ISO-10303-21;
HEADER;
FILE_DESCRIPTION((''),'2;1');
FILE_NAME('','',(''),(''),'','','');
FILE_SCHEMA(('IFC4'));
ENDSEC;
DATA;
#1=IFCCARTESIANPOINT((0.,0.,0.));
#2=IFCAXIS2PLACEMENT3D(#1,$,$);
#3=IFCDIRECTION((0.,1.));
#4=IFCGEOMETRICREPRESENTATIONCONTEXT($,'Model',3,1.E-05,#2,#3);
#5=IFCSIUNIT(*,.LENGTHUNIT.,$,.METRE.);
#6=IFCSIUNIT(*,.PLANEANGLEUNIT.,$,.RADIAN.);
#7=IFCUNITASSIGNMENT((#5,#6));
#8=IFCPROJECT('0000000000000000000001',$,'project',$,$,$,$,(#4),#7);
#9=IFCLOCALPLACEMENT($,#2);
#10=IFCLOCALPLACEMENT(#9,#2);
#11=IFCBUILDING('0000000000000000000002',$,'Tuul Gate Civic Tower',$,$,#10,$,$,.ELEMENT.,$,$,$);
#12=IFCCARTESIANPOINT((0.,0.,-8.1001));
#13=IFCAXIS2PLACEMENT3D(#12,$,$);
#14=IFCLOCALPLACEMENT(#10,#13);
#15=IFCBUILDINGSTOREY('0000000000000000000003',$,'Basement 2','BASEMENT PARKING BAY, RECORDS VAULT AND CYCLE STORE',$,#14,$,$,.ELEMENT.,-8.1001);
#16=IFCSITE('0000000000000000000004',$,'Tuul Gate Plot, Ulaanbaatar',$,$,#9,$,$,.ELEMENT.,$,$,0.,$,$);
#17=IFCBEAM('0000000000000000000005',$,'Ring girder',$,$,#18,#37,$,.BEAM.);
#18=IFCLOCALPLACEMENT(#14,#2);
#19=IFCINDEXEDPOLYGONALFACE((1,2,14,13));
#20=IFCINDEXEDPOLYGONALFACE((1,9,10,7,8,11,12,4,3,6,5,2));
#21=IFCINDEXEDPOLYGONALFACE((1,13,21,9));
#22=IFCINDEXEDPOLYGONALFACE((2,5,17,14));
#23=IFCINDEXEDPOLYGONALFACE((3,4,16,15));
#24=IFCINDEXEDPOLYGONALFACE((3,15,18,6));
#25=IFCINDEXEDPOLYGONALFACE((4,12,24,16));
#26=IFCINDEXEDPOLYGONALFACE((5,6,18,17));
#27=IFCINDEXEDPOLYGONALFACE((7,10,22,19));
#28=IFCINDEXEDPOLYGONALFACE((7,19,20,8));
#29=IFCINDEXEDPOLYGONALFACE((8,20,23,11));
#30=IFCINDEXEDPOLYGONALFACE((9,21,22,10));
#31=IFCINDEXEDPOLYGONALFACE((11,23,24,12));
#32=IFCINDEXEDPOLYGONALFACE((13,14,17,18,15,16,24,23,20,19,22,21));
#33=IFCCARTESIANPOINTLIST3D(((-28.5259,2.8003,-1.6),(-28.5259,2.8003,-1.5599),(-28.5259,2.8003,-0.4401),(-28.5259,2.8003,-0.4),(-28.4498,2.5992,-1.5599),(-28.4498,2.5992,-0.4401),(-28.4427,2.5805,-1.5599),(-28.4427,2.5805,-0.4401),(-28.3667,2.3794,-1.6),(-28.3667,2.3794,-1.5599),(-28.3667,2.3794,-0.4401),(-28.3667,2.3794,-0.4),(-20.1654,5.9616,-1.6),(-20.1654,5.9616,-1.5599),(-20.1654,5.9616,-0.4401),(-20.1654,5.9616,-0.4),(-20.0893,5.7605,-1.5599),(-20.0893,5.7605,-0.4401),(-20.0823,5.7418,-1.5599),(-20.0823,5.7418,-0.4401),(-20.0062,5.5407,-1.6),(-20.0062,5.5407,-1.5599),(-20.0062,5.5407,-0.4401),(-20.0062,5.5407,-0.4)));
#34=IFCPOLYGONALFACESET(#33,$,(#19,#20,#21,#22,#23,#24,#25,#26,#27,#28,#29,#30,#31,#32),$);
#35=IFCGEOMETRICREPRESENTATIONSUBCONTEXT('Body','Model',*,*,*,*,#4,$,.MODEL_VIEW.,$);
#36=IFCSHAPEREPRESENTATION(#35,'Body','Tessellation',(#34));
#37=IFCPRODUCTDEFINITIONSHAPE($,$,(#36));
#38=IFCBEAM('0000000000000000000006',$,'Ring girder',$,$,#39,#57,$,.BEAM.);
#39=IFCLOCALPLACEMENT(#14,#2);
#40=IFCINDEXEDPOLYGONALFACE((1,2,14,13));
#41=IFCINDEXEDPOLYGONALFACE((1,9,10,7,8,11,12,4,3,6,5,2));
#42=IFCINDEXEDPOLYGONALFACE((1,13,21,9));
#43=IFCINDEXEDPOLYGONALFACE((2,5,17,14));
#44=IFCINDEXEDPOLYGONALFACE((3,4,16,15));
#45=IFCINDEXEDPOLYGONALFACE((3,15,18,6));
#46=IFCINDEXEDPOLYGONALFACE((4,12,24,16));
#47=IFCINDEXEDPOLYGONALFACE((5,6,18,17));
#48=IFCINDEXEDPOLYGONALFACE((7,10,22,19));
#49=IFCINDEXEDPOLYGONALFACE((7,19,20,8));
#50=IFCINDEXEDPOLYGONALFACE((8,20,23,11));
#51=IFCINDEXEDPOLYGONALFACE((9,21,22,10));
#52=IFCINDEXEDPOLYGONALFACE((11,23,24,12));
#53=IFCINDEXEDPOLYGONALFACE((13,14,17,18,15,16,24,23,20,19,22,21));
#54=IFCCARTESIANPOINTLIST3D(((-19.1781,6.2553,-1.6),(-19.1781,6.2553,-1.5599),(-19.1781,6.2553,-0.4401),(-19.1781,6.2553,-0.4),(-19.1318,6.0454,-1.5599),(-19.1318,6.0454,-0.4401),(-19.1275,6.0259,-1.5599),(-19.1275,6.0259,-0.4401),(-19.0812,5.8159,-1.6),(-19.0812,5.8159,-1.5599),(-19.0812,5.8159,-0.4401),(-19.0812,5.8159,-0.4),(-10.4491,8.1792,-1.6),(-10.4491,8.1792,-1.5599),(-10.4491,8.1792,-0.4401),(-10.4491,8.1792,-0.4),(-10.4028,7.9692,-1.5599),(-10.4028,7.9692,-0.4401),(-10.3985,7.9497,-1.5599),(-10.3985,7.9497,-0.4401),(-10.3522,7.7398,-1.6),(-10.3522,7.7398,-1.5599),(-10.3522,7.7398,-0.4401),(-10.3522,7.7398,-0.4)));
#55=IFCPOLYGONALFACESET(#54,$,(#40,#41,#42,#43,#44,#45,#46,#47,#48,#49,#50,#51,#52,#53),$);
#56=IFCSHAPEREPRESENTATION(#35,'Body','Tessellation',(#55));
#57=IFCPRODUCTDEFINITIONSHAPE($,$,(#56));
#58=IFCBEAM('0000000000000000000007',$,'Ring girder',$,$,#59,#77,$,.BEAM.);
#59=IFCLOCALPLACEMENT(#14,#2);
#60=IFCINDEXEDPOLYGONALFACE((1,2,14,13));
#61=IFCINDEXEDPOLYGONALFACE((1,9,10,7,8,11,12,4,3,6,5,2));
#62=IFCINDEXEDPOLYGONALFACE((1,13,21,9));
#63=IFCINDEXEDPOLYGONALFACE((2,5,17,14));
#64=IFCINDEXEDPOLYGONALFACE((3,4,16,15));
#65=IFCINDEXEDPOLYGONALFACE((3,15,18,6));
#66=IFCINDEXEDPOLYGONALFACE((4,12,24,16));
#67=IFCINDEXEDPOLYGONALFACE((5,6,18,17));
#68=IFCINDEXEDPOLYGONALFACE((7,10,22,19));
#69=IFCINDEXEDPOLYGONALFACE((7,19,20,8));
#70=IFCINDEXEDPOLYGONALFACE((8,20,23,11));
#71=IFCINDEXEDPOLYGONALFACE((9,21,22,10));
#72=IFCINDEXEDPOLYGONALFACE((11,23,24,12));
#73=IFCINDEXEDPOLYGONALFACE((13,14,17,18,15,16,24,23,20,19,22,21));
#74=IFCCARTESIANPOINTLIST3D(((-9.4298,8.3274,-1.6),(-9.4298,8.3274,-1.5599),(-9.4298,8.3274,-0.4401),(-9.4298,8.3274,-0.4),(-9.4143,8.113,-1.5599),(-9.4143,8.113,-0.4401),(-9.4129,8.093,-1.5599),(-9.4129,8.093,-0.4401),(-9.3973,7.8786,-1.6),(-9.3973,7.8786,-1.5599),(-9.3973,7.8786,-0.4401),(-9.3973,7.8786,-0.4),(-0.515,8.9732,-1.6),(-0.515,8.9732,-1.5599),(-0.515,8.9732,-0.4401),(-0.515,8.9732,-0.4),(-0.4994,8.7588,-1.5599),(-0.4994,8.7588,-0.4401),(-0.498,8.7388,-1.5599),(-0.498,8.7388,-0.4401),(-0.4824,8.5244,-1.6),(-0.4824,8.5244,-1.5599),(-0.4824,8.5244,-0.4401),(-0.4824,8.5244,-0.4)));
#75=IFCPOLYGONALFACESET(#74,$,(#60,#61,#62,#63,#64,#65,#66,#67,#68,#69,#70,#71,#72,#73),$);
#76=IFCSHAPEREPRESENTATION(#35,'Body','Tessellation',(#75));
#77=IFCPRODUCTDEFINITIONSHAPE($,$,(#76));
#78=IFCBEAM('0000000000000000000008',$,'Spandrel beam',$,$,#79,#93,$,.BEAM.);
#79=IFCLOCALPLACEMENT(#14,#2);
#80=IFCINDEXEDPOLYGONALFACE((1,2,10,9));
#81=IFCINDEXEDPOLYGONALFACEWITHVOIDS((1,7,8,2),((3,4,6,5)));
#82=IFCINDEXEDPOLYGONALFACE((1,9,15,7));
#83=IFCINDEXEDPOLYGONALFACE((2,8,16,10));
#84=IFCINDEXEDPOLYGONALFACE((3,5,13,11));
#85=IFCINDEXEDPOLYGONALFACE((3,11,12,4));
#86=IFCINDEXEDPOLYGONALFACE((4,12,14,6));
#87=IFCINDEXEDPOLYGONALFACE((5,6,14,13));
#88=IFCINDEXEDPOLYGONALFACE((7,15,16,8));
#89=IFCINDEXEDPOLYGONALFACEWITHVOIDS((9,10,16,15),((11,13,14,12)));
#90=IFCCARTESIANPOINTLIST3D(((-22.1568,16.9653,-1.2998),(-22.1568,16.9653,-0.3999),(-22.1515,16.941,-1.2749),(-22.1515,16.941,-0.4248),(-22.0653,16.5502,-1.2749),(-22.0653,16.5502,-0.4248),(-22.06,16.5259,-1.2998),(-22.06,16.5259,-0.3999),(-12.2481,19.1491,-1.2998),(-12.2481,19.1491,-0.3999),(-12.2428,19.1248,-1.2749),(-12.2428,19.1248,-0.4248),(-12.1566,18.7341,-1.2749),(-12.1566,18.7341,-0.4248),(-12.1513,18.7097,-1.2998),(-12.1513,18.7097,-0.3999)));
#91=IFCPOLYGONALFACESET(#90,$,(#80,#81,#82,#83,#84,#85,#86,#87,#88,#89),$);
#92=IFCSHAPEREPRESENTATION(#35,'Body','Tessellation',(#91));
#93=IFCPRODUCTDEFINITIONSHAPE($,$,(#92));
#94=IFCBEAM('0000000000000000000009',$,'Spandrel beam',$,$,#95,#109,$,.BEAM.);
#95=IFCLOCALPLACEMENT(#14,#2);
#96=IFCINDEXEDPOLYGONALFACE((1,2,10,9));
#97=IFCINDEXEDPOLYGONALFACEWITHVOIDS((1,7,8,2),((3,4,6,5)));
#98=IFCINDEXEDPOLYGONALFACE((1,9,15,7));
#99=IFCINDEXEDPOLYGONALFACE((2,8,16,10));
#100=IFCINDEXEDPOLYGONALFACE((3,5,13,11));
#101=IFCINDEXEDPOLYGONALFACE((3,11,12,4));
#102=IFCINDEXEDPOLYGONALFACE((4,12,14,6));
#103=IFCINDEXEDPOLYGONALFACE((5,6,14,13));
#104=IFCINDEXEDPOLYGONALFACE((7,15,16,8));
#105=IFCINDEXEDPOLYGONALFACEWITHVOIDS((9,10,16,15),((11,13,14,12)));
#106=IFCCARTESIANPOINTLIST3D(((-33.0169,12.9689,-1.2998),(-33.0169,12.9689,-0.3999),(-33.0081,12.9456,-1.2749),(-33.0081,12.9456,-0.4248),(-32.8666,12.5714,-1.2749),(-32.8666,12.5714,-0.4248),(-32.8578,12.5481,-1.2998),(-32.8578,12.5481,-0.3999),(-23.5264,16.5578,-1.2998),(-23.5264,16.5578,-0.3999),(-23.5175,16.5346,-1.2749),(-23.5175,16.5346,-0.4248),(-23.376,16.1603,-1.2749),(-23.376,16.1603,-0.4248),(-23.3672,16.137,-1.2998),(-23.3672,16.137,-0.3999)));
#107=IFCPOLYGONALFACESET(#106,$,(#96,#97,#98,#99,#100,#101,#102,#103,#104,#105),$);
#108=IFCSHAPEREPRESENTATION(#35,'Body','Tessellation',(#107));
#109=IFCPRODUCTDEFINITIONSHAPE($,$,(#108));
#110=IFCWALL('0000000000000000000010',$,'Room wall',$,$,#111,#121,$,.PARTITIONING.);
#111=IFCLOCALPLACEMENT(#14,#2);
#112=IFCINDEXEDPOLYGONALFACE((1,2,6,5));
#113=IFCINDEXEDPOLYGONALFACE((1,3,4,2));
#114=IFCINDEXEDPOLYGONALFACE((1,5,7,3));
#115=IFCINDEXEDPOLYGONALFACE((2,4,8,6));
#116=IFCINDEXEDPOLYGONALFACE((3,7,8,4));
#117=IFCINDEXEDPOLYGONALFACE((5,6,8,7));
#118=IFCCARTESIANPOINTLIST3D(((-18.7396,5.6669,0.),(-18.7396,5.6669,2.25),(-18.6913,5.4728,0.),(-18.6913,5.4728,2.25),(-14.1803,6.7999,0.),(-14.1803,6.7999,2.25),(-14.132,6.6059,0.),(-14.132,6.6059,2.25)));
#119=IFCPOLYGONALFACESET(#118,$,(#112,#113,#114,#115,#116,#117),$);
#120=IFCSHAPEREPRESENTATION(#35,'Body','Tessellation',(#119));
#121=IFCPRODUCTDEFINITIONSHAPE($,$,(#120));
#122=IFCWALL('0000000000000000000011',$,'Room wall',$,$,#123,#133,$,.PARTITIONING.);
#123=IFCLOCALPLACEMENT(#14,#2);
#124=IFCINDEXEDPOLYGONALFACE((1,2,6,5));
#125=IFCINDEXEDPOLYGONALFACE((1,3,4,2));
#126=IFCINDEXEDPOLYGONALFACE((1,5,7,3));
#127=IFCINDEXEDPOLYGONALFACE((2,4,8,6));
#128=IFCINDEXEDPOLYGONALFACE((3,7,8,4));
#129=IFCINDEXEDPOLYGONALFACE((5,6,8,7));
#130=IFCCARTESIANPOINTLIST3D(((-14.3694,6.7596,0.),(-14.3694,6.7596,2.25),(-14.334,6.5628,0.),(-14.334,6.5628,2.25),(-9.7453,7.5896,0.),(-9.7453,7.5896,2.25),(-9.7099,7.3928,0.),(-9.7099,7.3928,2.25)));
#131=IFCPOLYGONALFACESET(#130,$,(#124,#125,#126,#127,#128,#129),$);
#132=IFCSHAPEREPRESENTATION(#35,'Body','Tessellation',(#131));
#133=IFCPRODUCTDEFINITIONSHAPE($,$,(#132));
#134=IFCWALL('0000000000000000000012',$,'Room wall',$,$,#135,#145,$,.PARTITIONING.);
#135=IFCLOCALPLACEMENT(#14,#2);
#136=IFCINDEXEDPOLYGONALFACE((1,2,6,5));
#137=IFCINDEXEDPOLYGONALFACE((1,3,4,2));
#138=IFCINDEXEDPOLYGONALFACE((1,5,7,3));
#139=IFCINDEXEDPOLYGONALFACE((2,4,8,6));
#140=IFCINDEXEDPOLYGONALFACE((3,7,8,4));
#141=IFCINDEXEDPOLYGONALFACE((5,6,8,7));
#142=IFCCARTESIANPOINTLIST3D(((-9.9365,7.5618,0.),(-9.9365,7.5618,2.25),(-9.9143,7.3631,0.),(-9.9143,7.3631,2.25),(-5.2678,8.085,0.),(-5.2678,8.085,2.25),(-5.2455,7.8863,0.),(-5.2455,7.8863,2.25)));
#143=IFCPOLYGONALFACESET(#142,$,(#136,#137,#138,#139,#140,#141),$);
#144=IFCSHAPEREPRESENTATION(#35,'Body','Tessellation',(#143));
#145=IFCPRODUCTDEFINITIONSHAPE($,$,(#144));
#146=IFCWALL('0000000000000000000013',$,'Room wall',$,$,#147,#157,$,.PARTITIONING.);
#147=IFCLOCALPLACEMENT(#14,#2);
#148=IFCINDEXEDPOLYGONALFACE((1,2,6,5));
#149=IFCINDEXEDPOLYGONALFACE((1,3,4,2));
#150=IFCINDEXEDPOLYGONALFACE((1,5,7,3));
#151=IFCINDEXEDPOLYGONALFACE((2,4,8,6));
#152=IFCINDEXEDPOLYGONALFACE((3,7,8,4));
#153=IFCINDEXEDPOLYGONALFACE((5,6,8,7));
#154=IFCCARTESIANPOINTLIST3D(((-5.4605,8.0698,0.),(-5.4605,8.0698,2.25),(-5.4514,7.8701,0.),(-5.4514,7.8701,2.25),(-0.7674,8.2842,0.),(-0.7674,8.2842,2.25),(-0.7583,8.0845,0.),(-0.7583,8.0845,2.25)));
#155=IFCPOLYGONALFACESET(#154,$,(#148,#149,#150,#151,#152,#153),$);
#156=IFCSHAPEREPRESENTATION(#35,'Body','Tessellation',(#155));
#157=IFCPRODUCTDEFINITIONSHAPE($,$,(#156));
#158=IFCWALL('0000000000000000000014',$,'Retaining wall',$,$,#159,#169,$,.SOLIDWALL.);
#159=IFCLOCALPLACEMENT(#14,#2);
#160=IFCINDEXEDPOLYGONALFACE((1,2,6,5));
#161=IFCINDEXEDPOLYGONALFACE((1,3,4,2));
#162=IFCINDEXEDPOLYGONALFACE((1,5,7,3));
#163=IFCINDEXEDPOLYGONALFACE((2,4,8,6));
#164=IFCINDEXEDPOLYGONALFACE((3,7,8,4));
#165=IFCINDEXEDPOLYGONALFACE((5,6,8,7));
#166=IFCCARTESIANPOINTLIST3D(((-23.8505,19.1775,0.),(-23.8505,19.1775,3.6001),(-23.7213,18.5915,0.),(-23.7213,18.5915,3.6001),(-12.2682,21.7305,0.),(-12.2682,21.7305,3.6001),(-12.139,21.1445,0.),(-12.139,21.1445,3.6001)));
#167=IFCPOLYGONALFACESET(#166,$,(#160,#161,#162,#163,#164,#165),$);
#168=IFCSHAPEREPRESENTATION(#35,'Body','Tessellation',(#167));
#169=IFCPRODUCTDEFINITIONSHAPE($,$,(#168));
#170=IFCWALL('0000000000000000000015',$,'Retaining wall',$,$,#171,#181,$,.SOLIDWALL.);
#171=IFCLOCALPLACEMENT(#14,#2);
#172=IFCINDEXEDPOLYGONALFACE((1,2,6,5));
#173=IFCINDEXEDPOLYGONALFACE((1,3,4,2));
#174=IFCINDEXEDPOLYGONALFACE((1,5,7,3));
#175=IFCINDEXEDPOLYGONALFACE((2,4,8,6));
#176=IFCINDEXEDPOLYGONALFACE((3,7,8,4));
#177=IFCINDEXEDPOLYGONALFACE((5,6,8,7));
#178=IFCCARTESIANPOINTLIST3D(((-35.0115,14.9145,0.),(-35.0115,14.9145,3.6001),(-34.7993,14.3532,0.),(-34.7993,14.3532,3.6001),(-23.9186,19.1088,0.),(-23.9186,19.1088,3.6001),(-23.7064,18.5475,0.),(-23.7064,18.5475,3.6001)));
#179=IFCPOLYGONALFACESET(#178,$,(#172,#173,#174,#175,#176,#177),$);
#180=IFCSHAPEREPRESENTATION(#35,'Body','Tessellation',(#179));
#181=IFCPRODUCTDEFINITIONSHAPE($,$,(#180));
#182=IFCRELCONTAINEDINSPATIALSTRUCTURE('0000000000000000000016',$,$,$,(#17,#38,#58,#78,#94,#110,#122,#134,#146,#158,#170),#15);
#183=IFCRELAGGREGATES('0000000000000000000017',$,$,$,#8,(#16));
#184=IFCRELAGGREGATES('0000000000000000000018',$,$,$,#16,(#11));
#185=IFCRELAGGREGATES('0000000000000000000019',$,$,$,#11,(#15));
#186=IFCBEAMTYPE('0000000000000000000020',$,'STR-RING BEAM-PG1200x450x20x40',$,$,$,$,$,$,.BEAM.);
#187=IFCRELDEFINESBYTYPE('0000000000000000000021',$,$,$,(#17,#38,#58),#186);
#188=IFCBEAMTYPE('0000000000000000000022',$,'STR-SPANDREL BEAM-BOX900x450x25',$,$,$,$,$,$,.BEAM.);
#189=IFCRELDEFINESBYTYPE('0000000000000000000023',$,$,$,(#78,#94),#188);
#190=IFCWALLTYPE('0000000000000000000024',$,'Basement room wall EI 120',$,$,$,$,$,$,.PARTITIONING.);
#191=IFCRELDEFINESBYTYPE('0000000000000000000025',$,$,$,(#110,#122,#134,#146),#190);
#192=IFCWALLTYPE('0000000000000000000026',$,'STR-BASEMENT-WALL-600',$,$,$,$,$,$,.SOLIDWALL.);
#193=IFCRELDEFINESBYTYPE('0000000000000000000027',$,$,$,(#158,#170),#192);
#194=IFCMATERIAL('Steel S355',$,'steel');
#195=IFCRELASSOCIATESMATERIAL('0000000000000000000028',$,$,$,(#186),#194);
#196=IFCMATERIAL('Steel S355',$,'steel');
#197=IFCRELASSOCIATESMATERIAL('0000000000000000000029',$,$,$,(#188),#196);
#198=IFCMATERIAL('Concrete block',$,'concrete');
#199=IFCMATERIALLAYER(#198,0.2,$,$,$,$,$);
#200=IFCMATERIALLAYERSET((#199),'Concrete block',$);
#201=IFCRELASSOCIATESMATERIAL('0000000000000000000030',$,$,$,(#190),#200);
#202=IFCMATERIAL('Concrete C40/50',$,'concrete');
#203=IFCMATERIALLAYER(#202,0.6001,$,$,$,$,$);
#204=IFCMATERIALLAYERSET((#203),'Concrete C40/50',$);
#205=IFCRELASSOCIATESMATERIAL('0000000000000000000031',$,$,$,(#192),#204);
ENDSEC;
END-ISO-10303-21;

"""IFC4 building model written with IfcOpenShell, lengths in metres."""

from ifc_helpers import new_model, si_unit, direction, frame, frame_2d, origin, origin_2d, place, context, subcontext, project, spatial, rectangle, hollow_rectangle, i_section, extrude, material, layer, layer_set, material_profile, profile_set, type_object, element, save


model = new_model("IFC4")

# Units and contexts
model_context = context("Model", 3, precision=1e-05, world=origin(), true_north=direction((0.0, 1.0)))
body_context = subcontext(model_context, "Body", "Model", "MODEL_VIEW")
ifc_project = project(units=[si_unit("LENGTHUNIT", "METRE"), si_unit("PLANEANGLEUNIT", "RADIAN")], contexts=[model_context])

# Site, building, storey
site_placement = place(None, origin())
site = spatial("IfcSite", under=ifc_project, at=site_placement, Name="Tuul Gate Plot, Ulaanbaatar", CompositionType="ELEMENT", RefElevation=0.0)
building_placement = place(site_placement, origin())
building = spatial("IfcBuilding", under=site, at=building_placement, Name="Tuul Gate Civic Tower", CompositionType="ELEMENT")
storey_placement = place(building_placement, frame((0.0, 0.0, -8.1001)))
storey = spatial("IfcBuildingStorey", under=building, at=storey_placement, Name="Basement 2", Description="BASEMENT PARKING BAY, RECORDS VAULT AND CYCLE STORE", CompositionType="ELEMENT", Elevation=-8.1001)

# Beams
ifc_material_1 = material(Name="Steel S355", Category="steel")
ifc_material_profile_1 = material_profile(ifc_material_1, i_section(OverallWidth=0.45, OverallDepth=1.2, WebThickness=0.02, FlangeThickness=0.04, at=origin_2d()), Name="PG1200x450x20x40")
ifc_profile_set_1 = profile_set([ifc_material_profile_1], Name="Steel S355")
beam_type_1 = type_object("IfcBeamType", Name="STR-RING BEAM-PG1200x450x20x40", PredefinedType="BEAM", material=ifc_profile_set_1)
beam_1_placement = place(storey_placement, frame((-28.4463, 2.5898, -1.0), z_axis=(0.935364, 0.353687, 0.0), x_axis=(-0.353687, 0.935364, 0.0)))
element("IfcBeam", 1, at=beam_1_placement, inside=storey, type_object=beam_type_1, Name="Ring girder", PredefinedType="BEAM", context=body_context, shape_type="SweptSolid", body=[
    extrude(i_section(OverallWidth=0.45, OverallDepth=1.2, WebThickness=0.02, FlangeThickness=0.04, at=origin_2d()), origin(), (0.0, 0.0, 1.0), 8.9382),
])
beam_2_placement = place(storey_placement, frame((-19.1296, 6.0356, -1.0), z_axis=(0.976563, 0.21523, 0.0), x_axis=(-0.21523, 0.976563, 0.0)))
element("IfcBeam", 2, at=beam_2_placement, inside=storey, type_object=beam_type_1, Name="Ring girder", PredefinedType="BEAM", context=body_context, shape_type="SweptSolid", body=[
    extrude(i_section(OverallWidth=0.45, OverallDepth=1.2, WebThickness=0.02, FlangeThickness=0.04, at=origin_2d()), origin(), (0.0, 0.0, 1.0), 8.9385),
])
beam_3_placement = place(storey_placement, frame((-9.4136, 8.103, -1.0), z_axis=(0.997387, 0.072247, 0.0), x_axis=(-0.072247, 0.997387, 0.0)))
element("IfcBeam", 3, at=beam_3_placement, inside=storey, type_object=beam_type_1, Name="Ring girder", PredefinedType="BEAM", context=body_context, shape_type="SweptSolid", body=[
    extrude(i_section(OverallWidth=0.45, OverallDepth=1.2, WebThickness=0.02, FlangeThickness=0.04, at=origin_2d()), origin(), (0.0, 0.0, 1.0), 8.9382),
])
ifc_material_2 = material(Name="Steel S355", Category="steel")
ifc_material_profile_2 = material_profile(ifc_material_2, hollow_rectangle(XDim=0.45, YDim=0.8999, WallThickness=0.0249, at=origin_2d()), Name="BOX900x450x25")
ifc_profile_set_2 = profile_set([ifc_material_profile_2], Name="Steel S355")
beam_type_2 = type_object("IfcBeamType", Name="STR-SPANDREL BEAM-BOX900x450x25", PredefinedType="BEAM", material=ifc_profile_set_2)
for number, where, z_axis, x_axis, name in (
    (4, (-12.1997, 18.9294, -0.8499), (-0.976563, -0.215231, 0.0), (0.215231, -0.976563, 0.0), "Spandrel beam"),
    (5, (-23.4468, 16.3474, -0.8499), (-0.935356, -0.353709, 0.0), (0.353709, -0.935356, 0.0), "Spandrel beam"),
):
    element("IfcBeam", number, at=place(storey_placement, frame(where, z_axis=z_axis, x_axis=x_axis)), inside=storey, type_object=beam_type_2, Name=name, PredefinedType="BEAM", context=body_context, shape_type="SweptSolid", body=[
        extrude(hollow_rectangle(XDim=0.45, YDim=0.8999, WallThickness=0.0249, at=origin_2d()), origin(), (0.0, 0.0, 1.0), 10.1465),
    ])

# Walls
ifc_material_3 = material(Name="Concrete block", Category="concrete")
ifc_layer_1 = layer(ifc_material_3, 0.2)
ifc_layer_set_1 = layer_set([ifc_layer_1], Name="Concrete block")
wall_type_1 = type_object("IfcWallType", Name="Basement room wall EI 120", PredefinedType="PARTITIONING", material=ifc_layer_set_1)
for number, where, z_axis, x_axis, name in (
    (6, (-18.7156, 5.5698, 0.0), (0.0, 0.0, 1.0), (0.970481, 0.241178, 0.0), "Room wall"),
    (7, (-14.3518, 6.6611, 0.0), (0.0, 0.0, 1.0), (0.984267, 0.17669, 0.0), "Room wall"),
    (8, (-9.9255, 7.4624, 0.0), (0.0, 0.0, 1.0), (0.993779, 0.111367, 0.0), "Room wall"),
    (9, (-5.4561, 7.97, 0.0), (0.0, 0.0, 1.0), (0.998959, 0.045627, 0.0), "Room wall"),
):
    element("IfcWall", number, at=place(storey_placement, frame(where, z_axis=z_axis, x_axis=x_axis)), inside=storey, type_object=wall_type_1, Name=name, PredefinedType="PARTITIONING", context=body_context, shape_type="SweptSolid", body=[
        extrude(rectangle(XDim=4.698, YDim=0.2, at=frame_2d((2.3491, 0.0))), origin(), (0.0, 0.0, 1.0), 2.25),
    ])
ifc_material_4 = material(Name="Concrete C40/50", Category="concrete")
ifc_layer_2 = layer(ifc_material_4, 0.6001)
ifc_layer_set_2 = layer_set([ifc_layer_2], Name="Concrete C40/50")
wall_type_2 = type_object("IfcWallType", Name="STR-BASEMENT-WALL-600", PredefinedType="SOLIDWALL", material=ifc_layer_set_2)
wall_1_placement = place(storey_placement, frame((-12.2036, 21.4375, 0.0), z_axis=(0.0, 0.0, 1.0), x_axis=(-0.976558, -0.215254, 0.0)))
element("IfcWall", 10, at=wall_1_placement, inside=storey, type_object=wall_type_2, Name="Retaining wall", PredefinedType="SOLIDWALL", context=body_context, shape_type="SweptSolid", body=[
    extrude(rectangle(XDim=11.8604, YDim=0.6001, at=frame_2d((5.9302, 0.0))), origin(), (0.0, 0.0, 1.0), 3.6001),
])
wall_2_placement = place(storey_placement, frame((-23.8125, 18.8281, 0.0), z_axis=(0.0, 0.0, 1.0), x_axis=(-0.935371, -0.353669, 0.0)))
element("IfcWall", 11, at=wall_2_placement, inside=storey, type_object=wall_type_2, Name="Retaining wall", PredefinedType="SOLIDWALL", context=body_context, shape_type="SweptSolid", body=[
    extrude(rectangle(XDim=11.8594, YDim=0.6001, at=frame_2d((5.9297, 0.0))), origin(), (0.0, 0.0, 1.0), 3.6001),
])

save(model, "model.ifc")
